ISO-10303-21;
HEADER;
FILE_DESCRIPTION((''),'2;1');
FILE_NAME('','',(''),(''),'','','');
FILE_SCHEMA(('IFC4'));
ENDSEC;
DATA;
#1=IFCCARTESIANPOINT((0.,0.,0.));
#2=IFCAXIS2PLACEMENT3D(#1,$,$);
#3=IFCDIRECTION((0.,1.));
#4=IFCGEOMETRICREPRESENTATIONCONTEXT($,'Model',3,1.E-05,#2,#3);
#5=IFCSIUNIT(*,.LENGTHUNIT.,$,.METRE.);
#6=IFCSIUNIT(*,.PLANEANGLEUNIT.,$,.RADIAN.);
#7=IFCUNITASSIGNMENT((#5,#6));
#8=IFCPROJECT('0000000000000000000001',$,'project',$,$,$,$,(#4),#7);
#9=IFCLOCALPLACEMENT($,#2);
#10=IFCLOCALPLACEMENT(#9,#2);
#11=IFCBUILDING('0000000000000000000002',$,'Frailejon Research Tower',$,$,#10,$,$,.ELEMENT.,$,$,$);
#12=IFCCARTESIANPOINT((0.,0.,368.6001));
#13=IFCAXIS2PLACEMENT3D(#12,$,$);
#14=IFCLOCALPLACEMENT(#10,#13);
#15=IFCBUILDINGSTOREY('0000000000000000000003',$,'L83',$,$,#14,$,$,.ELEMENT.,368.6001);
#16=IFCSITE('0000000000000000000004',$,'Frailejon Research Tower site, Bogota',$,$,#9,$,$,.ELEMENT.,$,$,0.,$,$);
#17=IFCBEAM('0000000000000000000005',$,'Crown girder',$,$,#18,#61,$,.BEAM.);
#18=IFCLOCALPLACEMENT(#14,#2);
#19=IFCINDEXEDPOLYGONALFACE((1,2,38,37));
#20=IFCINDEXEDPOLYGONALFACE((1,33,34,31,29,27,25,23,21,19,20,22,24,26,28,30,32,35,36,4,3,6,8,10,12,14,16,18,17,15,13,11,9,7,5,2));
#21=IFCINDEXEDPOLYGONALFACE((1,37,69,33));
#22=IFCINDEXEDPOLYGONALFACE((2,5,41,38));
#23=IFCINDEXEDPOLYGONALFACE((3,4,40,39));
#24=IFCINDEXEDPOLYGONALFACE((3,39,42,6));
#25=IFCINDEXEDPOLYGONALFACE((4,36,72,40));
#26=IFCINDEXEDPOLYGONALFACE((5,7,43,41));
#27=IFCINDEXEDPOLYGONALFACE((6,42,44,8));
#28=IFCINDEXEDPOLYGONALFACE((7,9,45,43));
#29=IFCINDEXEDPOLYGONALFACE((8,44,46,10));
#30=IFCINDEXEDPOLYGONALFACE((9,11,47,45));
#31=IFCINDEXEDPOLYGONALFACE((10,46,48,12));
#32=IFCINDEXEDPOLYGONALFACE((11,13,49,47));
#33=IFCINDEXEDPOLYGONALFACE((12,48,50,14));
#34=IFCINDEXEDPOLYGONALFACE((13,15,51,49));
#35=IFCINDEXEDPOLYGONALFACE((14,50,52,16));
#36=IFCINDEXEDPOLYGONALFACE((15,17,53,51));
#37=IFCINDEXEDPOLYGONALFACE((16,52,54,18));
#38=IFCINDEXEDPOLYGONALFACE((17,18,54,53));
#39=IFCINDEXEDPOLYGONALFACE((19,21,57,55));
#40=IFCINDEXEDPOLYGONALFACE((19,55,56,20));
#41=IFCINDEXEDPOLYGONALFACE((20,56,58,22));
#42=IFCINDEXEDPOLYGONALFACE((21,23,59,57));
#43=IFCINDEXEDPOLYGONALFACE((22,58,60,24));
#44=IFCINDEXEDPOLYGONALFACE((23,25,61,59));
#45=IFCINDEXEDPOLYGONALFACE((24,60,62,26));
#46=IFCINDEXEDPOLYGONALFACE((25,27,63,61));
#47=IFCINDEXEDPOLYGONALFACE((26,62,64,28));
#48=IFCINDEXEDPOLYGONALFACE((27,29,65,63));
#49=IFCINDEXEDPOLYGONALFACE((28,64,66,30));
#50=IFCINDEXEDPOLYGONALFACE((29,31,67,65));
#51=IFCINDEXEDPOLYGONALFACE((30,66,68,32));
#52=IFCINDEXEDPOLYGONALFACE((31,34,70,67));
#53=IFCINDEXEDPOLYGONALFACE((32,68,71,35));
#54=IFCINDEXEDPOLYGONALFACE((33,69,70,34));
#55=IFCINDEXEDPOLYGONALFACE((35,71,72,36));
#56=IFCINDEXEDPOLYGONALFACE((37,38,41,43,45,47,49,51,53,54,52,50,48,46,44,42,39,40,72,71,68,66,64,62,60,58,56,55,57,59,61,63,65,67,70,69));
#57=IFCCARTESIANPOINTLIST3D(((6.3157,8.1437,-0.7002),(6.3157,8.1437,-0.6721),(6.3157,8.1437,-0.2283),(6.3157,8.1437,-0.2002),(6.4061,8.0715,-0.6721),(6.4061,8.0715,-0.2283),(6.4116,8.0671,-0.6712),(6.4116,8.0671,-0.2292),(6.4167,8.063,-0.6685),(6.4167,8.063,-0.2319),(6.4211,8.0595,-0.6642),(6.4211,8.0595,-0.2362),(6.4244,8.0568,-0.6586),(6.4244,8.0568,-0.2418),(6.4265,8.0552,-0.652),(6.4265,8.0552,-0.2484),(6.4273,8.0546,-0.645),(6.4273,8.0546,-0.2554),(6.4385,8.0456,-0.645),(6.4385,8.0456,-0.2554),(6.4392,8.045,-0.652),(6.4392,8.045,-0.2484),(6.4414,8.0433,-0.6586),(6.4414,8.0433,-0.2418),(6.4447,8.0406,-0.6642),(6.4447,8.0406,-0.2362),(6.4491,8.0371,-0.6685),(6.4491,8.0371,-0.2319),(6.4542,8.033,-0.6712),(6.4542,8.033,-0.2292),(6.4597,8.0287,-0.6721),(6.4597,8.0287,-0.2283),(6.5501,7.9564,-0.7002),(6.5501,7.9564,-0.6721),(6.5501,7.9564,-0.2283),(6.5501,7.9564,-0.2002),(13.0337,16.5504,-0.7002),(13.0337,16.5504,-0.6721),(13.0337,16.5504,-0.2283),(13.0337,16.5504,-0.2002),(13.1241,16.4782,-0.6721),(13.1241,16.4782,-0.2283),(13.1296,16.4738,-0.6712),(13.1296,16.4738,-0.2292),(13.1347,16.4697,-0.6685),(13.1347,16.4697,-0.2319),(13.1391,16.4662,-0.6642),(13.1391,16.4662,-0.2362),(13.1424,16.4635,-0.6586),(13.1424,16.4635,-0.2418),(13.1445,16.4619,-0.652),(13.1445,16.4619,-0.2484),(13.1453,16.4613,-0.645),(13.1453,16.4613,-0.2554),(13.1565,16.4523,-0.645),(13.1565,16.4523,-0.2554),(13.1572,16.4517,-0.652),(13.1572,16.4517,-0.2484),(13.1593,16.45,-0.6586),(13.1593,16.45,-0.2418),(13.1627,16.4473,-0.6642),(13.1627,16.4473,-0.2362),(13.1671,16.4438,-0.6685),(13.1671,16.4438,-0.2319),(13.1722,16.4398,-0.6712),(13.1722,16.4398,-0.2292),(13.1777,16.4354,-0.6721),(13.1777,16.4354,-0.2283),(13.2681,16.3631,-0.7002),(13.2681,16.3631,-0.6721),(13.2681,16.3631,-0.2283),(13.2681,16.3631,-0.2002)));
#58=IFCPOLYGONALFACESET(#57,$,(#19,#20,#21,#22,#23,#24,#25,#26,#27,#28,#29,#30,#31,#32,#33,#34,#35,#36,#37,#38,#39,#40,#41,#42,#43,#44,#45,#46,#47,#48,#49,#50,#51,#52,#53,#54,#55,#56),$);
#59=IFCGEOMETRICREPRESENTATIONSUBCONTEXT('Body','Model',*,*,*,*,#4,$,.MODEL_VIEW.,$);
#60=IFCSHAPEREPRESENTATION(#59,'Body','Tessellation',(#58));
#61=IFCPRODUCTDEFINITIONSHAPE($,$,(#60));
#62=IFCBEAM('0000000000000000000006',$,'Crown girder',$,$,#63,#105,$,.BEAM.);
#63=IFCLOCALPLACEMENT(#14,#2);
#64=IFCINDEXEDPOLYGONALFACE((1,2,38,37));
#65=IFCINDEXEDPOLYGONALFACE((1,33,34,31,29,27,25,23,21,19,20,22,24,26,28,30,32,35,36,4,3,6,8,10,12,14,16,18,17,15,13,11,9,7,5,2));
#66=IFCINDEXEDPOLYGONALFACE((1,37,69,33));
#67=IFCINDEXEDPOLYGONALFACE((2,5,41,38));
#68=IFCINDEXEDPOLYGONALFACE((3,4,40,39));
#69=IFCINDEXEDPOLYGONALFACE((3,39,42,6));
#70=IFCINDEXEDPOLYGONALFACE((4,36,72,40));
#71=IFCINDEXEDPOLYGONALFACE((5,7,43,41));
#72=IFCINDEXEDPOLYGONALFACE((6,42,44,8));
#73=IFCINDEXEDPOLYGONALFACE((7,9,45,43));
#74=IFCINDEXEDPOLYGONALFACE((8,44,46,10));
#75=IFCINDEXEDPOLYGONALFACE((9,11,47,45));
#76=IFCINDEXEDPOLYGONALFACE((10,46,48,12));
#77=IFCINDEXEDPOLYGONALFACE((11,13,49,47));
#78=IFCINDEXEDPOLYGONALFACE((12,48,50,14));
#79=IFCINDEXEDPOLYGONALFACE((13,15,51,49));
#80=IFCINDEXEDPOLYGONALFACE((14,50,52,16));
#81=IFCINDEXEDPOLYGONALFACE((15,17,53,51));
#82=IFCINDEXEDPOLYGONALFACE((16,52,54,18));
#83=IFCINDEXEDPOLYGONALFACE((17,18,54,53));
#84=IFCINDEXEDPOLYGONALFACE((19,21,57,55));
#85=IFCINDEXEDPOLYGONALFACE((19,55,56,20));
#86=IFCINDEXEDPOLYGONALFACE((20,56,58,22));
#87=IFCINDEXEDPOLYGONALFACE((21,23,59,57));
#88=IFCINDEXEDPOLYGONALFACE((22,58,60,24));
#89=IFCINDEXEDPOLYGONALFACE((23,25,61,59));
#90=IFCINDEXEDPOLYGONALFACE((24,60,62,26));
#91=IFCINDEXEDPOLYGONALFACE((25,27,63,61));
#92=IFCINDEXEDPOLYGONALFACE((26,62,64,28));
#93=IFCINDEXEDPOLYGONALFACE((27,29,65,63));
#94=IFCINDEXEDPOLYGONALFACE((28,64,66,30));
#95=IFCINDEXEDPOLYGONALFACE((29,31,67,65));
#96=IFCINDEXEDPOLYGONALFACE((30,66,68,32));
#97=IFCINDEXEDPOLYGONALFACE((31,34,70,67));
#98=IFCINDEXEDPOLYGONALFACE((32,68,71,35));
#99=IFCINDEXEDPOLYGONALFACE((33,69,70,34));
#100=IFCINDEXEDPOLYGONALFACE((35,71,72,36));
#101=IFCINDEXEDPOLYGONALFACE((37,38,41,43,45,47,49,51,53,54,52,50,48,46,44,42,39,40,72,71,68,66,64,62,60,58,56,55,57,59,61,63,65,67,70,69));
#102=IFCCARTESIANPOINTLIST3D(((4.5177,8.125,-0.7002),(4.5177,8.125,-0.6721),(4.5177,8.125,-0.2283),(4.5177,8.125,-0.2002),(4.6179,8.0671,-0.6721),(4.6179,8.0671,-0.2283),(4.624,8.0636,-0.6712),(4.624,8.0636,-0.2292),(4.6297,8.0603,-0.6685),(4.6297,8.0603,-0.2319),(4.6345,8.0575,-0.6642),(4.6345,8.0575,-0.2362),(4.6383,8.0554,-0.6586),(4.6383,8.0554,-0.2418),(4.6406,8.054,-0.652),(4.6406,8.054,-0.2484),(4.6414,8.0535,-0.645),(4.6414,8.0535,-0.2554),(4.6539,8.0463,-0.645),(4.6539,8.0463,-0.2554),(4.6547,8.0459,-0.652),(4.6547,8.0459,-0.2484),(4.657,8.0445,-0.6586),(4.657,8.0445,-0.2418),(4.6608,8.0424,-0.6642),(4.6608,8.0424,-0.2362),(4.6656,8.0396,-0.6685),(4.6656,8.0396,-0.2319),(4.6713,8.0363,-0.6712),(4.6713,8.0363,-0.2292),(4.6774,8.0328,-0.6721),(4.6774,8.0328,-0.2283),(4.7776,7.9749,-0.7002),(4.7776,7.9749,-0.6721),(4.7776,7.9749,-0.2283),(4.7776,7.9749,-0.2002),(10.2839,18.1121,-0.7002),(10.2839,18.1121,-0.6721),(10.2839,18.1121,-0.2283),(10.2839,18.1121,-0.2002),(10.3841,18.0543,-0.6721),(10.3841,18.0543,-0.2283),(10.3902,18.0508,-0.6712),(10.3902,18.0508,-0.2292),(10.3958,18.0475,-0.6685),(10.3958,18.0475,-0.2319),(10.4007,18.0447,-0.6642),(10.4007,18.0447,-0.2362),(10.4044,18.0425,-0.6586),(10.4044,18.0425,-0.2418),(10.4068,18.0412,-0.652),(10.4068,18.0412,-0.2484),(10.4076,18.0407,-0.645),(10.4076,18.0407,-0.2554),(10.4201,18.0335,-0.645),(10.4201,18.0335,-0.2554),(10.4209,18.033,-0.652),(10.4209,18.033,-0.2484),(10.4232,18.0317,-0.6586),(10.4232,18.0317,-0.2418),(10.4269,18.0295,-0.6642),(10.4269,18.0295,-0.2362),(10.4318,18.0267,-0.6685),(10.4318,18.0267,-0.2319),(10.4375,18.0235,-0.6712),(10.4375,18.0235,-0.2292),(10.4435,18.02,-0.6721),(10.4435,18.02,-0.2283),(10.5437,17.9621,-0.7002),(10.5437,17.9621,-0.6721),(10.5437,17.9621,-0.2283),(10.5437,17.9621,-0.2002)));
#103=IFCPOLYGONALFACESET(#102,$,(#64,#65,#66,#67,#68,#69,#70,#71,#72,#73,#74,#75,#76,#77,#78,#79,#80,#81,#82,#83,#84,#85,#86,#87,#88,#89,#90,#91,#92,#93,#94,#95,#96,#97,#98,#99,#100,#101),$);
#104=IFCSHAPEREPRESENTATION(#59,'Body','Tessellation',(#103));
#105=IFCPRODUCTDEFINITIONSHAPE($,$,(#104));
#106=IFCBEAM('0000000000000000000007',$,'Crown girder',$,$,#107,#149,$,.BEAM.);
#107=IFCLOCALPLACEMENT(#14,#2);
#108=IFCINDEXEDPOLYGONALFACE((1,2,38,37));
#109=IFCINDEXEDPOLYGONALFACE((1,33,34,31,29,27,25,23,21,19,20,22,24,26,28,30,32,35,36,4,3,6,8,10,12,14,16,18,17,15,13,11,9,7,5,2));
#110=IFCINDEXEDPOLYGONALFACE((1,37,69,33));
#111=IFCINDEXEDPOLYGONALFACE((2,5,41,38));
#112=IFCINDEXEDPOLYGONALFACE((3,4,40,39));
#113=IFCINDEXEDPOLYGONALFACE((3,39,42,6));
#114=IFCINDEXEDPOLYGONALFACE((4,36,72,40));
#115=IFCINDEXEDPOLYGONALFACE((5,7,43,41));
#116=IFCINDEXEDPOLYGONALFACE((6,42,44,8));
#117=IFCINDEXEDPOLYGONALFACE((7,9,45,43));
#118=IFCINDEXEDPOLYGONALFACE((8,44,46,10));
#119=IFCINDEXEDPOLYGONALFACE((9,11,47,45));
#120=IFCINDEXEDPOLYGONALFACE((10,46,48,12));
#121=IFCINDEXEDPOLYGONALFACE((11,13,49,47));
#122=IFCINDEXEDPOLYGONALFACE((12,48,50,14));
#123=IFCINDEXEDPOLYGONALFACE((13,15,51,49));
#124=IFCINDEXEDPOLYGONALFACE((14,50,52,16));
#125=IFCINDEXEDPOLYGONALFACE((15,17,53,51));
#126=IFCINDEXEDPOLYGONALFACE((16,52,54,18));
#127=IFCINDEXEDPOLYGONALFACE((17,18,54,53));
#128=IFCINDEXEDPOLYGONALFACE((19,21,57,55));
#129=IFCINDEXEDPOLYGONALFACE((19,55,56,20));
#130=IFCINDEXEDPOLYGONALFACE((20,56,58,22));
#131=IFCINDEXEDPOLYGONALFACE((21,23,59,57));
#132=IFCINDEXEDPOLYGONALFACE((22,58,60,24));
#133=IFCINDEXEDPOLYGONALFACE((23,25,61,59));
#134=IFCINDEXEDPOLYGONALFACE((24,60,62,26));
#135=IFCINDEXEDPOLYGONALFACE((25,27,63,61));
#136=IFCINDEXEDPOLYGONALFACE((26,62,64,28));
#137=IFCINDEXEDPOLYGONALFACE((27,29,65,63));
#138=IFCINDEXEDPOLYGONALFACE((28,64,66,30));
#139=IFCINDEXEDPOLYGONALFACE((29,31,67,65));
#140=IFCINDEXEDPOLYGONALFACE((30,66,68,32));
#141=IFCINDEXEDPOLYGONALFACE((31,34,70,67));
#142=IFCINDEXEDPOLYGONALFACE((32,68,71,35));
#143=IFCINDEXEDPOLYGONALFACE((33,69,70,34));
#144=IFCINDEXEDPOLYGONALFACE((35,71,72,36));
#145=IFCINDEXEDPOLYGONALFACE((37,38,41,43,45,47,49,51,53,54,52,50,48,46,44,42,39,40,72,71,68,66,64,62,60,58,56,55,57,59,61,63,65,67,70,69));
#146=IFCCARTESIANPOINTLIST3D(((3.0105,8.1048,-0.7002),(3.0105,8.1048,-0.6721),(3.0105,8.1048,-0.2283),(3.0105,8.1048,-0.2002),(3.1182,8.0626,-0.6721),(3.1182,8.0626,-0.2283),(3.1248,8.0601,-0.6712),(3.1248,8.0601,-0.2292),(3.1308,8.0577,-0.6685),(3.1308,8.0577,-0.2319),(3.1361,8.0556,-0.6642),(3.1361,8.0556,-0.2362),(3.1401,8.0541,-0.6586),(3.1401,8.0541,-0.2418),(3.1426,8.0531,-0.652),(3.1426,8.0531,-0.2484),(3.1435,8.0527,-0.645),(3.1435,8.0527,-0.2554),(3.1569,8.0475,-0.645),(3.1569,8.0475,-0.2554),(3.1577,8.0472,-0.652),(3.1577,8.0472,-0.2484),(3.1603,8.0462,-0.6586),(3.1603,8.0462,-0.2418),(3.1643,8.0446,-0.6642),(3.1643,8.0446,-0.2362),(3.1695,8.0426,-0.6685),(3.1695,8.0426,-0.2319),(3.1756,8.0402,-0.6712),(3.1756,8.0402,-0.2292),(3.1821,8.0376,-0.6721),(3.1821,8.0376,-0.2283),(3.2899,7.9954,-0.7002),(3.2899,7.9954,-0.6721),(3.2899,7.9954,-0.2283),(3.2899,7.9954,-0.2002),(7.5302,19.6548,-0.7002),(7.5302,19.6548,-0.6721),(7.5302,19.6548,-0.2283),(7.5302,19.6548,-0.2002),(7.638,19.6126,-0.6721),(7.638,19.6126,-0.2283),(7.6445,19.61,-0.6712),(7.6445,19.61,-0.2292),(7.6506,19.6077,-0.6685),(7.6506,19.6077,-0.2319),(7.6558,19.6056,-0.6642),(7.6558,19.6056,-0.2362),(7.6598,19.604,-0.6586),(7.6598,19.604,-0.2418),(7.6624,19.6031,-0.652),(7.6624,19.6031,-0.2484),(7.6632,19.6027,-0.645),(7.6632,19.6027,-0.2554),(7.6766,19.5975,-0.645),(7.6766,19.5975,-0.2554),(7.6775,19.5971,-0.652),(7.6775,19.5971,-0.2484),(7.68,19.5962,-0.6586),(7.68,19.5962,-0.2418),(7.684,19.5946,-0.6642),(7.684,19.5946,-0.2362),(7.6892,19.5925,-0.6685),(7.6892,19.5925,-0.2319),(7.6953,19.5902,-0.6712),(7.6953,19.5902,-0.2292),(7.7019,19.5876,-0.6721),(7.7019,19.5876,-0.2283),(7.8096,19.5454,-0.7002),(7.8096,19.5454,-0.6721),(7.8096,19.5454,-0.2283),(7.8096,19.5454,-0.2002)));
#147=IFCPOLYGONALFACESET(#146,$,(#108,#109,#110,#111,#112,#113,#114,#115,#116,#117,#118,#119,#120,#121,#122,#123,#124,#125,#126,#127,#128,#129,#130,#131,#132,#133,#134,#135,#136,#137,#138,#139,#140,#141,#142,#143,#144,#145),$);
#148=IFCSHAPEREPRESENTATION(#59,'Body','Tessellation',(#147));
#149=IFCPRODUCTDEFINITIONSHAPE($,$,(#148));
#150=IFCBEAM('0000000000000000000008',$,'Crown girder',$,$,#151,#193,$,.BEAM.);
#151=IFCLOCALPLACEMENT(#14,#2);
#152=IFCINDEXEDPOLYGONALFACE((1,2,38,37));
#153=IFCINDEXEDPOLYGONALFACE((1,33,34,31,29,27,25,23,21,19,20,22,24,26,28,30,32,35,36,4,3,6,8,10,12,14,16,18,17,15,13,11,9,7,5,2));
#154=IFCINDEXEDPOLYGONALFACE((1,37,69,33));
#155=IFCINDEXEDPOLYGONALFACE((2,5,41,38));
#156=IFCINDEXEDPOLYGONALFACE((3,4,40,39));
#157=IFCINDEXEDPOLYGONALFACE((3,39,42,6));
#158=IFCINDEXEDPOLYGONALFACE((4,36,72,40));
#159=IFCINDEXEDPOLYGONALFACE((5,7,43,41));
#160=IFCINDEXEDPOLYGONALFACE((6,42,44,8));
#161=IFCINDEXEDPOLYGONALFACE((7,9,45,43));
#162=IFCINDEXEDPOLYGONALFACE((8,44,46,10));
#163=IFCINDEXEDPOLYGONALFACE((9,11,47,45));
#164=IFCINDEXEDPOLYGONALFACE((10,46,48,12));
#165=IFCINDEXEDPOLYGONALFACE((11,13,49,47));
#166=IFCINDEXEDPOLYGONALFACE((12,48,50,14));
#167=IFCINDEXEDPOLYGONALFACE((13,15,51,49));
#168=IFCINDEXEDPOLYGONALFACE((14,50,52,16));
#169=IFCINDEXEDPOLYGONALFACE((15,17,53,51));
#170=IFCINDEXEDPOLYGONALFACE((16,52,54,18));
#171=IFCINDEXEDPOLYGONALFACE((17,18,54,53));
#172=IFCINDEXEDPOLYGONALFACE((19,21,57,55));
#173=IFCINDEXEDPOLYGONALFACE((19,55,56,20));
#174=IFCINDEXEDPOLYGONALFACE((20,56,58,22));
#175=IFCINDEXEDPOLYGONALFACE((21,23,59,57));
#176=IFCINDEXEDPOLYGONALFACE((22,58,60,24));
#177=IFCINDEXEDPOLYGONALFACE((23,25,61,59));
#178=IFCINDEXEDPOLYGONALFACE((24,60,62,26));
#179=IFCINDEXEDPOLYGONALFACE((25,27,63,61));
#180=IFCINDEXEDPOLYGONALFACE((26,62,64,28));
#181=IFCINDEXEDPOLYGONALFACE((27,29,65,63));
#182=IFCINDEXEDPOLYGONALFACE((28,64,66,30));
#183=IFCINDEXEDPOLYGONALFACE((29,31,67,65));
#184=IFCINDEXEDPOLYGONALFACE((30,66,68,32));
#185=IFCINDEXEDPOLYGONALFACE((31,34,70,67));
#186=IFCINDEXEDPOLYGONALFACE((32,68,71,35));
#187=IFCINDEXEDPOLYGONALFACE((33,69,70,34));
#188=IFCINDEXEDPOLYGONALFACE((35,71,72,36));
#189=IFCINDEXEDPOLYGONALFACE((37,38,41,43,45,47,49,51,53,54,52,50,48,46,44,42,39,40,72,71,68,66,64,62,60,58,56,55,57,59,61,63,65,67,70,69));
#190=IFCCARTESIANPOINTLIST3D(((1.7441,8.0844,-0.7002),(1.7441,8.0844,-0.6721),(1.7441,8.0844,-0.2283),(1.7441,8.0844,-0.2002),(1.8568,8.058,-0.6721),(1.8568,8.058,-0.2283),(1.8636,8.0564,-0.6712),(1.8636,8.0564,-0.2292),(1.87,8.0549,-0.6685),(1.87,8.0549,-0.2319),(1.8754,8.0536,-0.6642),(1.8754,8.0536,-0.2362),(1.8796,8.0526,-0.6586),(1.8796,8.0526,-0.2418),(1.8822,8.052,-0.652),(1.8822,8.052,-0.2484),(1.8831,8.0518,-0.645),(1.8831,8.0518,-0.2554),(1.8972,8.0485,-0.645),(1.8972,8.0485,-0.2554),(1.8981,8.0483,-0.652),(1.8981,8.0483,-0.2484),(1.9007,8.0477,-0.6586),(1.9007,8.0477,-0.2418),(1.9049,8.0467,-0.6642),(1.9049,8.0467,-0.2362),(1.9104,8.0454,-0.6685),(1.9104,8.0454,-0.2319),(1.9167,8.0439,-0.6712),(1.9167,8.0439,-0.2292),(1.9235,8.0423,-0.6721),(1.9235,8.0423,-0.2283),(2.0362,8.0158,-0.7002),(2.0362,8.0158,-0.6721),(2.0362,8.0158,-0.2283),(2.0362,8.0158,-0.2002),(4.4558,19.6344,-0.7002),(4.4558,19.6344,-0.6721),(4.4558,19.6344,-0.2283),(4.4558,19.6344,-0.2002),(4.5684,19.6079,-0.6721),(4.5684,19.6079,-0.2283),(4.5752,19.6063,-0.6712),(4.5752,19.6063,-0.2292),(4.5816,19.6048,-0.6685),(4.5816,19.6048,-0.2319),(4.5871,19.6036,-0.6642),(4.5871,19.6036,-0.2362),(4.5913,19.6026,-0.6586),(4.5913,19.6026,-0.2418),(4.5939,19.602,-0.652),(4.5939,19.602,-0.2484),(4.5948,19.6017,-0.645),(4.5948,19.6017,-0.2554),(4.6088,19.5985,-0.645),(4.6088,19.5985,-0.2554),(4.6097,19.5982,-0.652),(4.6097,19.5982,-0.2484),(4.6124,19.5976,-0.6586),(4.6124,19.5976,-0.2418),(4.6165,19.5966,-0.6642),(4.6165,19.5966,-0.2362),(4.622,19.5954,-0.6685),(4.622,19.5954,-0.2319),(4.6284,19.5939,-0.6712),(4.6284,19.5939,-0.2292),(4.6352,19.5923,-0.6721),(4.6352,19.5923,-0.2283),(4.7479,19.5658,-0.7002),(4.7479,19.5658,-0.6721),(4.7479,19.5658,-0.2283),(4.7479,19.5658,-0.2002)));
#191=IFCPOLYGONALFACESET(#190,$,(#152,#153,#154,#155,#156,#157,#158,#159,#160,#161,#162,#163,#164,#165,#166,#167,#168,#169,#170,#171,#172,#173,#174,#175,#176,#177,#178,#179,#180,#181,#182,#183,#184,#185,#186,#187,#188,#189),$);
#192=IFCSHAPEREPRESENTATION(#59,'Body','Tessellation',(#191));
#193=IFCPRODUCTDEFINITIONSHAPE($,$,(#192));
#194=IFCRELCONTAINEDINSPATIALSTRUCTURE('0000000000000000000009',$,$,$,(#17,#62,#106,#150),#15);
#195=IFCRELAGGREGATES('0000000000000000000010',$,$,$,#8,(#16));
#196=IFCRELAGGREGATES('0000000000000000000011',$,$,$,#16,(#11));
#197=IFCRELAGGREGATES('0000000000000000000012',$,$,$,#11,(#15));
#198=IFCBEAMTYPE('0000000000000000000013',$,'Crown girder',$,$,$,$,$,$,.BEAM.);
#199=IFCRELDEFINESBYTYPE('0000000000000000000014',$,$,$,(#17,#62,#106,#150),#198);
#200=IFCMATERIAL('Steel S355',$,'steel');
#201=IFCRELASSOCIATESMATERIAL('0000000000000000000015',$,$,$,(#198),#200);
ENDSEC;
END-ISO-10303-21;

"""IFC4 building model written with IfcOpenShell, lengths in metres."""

from ifc_helpers import new_model, si_unit, direction, frame, origin, origin_2d, place, context, subcontext, project, spatial, i_section, extrude, material, material_profile, profile_set, type_object, element, save


model = new_model("IFC4")

# Units and contexts
model_context = context("Model", 3, precision=1e-05, world=origin(), true_north=direction((0.0, 1.0)))
body_context = subcontext(model_context, "Body", "Model", "MODEL_VIEW")
ifc_project = project(units=[si_unit("LENGTHUNIT", "METRE"), si_unit("PLANEANGLEUNIT", "RADIAN")], contexts=[model_context])

# Site, building, storey
site_placement = place(None, origin())
site = spatial("IfcSite", under=ifc_project, at=site_placement, Name="Frailejon Research Tower site, Bogota", CompositionType="ELEMENT", RefElevation=0.0)
building_placement = place(site_placement, origin())
building = spatial("IfcBuilding", under=site, at=building_placement, Name="Frailejon Research Tower", CompositionType="ELEMENT")
storey_placement = place(building_placement, frame((0.0, 0.0, 368.6001)))
storey = spatial("IfcBuildingStorey", under=building, at=storey_placement, Name="L83", CompositionType="ELEMENT", Elevation=368.6001)

# Beams
ifc_material_1 = material(Name="Steel S355", Category="steel")
ifc_material_profile_1 = material_profile(ifc_material_1, i_section(OverallWidth=0.3, OverallDepth=0.5, WebThickness=0.0144, FlangeThickness=0.0281, FilletRadius=0.0271, at=origin_2d()), Name="HE 500 B")
ifc_profile_set_1 = profile_set([ifc_material_profile_1], Name="Steel S355")
beam_type_1 = type_object("IfcBeamType", Name="Crown girder", PredefinedType="BEAM", material=ifc_profile_set_1)
beam_1_placement = place(storey_placement, frame((13.1509, 16.4568, -0.4502), z_axis=(-0.624277, -0.781203, 0.0), x_axis=(0.781203, -0.624277, 0.0)))
element("IfcBeam", 1, at=beam_1_placement, inside=storey, type_object=beam_type_1, Name="Crown girder", PredefinedType="BEAM", context=body_context, shape_type="SweptSolid", body=[
    extrude(i_section(OverallWidth=0.3, OverallDepth=0.5, WebThickness=0.0144, FlangeThickness=0.0281, FilletRadius=0.0271, at=origin_2d()), origin(), (0.0, 0.0, 1.0), 10.7612),
])
beam_2_placement = place(storey_placement, frame((10.4138, 18.0371, -0.4502), z_axis=(-0.500005, -0.866022, 0.0), x_axis=(0.866022, -0.500005, 0.0)))
element("IfcBeam", 2, at=beam_2_placement, inside=storey, type_object=beam_type_1, Name="Crown girder", PredefinedType="BEAM", context=body_context, shape_type="SweptSolid", body=[
    extrude(i_section(OverallWidth=0.3, OverallDepth=0.5, WebThickness=0.0144, FlangeThickness=0.0281, FilletRadius=0.0271, at=origin_2d()), origin(), (0.0, 0.0, 1.0), 11.5322),
])
beam_3_placement = place(storey_placement, frame((7.6699, 19.6001, -0.4502), z_axis=(-0.364413, -0.931238, 0.0), x_axis=(0.931238, -0.364413, 0.0)))
element("IfcBeam", 3, at=beam_3_placement, inside=storey, type_object=beam_type_1, Name="Crown girder", PredefinedType="BEAM", context=body_context, shape_type="SweptSolid", body=[
    extrude(i_section(OverallWidth=0.3, OverallDepth=0.5, WebThickness=0.0144, FlangeThickness=0.0281, FilletRadius=0.0271, at=origin_2d()), origin(), (0.0, 0.0, 1.0), 12.4028),
])
beam_4_placement = place(storey_placement, frame((4.6018, 19.6001, -0.4502), z_axis=(-0.228561, -0.97353, 0.0), x_axis=(0.97353, -0.228561, 0.0)))
element("IfcBeam", 4, at=beam_4_placement, inside=storey, type_object=beam_type_1, Name="Crown girder", PredefinedType="BEAM", context=body_context, shape_type="SweptSolid", body=[
    extrude(i_section(OverallWidth=0.3, OverallDepth=0.5, WebThickness=0.0144, FlangeThickness=0.0281, FilletRadius=0.0271, at=origin_2d()), origin(), (0.0, 0.0, 1.0), 11.864),
])

save(model, "model.ifc")
